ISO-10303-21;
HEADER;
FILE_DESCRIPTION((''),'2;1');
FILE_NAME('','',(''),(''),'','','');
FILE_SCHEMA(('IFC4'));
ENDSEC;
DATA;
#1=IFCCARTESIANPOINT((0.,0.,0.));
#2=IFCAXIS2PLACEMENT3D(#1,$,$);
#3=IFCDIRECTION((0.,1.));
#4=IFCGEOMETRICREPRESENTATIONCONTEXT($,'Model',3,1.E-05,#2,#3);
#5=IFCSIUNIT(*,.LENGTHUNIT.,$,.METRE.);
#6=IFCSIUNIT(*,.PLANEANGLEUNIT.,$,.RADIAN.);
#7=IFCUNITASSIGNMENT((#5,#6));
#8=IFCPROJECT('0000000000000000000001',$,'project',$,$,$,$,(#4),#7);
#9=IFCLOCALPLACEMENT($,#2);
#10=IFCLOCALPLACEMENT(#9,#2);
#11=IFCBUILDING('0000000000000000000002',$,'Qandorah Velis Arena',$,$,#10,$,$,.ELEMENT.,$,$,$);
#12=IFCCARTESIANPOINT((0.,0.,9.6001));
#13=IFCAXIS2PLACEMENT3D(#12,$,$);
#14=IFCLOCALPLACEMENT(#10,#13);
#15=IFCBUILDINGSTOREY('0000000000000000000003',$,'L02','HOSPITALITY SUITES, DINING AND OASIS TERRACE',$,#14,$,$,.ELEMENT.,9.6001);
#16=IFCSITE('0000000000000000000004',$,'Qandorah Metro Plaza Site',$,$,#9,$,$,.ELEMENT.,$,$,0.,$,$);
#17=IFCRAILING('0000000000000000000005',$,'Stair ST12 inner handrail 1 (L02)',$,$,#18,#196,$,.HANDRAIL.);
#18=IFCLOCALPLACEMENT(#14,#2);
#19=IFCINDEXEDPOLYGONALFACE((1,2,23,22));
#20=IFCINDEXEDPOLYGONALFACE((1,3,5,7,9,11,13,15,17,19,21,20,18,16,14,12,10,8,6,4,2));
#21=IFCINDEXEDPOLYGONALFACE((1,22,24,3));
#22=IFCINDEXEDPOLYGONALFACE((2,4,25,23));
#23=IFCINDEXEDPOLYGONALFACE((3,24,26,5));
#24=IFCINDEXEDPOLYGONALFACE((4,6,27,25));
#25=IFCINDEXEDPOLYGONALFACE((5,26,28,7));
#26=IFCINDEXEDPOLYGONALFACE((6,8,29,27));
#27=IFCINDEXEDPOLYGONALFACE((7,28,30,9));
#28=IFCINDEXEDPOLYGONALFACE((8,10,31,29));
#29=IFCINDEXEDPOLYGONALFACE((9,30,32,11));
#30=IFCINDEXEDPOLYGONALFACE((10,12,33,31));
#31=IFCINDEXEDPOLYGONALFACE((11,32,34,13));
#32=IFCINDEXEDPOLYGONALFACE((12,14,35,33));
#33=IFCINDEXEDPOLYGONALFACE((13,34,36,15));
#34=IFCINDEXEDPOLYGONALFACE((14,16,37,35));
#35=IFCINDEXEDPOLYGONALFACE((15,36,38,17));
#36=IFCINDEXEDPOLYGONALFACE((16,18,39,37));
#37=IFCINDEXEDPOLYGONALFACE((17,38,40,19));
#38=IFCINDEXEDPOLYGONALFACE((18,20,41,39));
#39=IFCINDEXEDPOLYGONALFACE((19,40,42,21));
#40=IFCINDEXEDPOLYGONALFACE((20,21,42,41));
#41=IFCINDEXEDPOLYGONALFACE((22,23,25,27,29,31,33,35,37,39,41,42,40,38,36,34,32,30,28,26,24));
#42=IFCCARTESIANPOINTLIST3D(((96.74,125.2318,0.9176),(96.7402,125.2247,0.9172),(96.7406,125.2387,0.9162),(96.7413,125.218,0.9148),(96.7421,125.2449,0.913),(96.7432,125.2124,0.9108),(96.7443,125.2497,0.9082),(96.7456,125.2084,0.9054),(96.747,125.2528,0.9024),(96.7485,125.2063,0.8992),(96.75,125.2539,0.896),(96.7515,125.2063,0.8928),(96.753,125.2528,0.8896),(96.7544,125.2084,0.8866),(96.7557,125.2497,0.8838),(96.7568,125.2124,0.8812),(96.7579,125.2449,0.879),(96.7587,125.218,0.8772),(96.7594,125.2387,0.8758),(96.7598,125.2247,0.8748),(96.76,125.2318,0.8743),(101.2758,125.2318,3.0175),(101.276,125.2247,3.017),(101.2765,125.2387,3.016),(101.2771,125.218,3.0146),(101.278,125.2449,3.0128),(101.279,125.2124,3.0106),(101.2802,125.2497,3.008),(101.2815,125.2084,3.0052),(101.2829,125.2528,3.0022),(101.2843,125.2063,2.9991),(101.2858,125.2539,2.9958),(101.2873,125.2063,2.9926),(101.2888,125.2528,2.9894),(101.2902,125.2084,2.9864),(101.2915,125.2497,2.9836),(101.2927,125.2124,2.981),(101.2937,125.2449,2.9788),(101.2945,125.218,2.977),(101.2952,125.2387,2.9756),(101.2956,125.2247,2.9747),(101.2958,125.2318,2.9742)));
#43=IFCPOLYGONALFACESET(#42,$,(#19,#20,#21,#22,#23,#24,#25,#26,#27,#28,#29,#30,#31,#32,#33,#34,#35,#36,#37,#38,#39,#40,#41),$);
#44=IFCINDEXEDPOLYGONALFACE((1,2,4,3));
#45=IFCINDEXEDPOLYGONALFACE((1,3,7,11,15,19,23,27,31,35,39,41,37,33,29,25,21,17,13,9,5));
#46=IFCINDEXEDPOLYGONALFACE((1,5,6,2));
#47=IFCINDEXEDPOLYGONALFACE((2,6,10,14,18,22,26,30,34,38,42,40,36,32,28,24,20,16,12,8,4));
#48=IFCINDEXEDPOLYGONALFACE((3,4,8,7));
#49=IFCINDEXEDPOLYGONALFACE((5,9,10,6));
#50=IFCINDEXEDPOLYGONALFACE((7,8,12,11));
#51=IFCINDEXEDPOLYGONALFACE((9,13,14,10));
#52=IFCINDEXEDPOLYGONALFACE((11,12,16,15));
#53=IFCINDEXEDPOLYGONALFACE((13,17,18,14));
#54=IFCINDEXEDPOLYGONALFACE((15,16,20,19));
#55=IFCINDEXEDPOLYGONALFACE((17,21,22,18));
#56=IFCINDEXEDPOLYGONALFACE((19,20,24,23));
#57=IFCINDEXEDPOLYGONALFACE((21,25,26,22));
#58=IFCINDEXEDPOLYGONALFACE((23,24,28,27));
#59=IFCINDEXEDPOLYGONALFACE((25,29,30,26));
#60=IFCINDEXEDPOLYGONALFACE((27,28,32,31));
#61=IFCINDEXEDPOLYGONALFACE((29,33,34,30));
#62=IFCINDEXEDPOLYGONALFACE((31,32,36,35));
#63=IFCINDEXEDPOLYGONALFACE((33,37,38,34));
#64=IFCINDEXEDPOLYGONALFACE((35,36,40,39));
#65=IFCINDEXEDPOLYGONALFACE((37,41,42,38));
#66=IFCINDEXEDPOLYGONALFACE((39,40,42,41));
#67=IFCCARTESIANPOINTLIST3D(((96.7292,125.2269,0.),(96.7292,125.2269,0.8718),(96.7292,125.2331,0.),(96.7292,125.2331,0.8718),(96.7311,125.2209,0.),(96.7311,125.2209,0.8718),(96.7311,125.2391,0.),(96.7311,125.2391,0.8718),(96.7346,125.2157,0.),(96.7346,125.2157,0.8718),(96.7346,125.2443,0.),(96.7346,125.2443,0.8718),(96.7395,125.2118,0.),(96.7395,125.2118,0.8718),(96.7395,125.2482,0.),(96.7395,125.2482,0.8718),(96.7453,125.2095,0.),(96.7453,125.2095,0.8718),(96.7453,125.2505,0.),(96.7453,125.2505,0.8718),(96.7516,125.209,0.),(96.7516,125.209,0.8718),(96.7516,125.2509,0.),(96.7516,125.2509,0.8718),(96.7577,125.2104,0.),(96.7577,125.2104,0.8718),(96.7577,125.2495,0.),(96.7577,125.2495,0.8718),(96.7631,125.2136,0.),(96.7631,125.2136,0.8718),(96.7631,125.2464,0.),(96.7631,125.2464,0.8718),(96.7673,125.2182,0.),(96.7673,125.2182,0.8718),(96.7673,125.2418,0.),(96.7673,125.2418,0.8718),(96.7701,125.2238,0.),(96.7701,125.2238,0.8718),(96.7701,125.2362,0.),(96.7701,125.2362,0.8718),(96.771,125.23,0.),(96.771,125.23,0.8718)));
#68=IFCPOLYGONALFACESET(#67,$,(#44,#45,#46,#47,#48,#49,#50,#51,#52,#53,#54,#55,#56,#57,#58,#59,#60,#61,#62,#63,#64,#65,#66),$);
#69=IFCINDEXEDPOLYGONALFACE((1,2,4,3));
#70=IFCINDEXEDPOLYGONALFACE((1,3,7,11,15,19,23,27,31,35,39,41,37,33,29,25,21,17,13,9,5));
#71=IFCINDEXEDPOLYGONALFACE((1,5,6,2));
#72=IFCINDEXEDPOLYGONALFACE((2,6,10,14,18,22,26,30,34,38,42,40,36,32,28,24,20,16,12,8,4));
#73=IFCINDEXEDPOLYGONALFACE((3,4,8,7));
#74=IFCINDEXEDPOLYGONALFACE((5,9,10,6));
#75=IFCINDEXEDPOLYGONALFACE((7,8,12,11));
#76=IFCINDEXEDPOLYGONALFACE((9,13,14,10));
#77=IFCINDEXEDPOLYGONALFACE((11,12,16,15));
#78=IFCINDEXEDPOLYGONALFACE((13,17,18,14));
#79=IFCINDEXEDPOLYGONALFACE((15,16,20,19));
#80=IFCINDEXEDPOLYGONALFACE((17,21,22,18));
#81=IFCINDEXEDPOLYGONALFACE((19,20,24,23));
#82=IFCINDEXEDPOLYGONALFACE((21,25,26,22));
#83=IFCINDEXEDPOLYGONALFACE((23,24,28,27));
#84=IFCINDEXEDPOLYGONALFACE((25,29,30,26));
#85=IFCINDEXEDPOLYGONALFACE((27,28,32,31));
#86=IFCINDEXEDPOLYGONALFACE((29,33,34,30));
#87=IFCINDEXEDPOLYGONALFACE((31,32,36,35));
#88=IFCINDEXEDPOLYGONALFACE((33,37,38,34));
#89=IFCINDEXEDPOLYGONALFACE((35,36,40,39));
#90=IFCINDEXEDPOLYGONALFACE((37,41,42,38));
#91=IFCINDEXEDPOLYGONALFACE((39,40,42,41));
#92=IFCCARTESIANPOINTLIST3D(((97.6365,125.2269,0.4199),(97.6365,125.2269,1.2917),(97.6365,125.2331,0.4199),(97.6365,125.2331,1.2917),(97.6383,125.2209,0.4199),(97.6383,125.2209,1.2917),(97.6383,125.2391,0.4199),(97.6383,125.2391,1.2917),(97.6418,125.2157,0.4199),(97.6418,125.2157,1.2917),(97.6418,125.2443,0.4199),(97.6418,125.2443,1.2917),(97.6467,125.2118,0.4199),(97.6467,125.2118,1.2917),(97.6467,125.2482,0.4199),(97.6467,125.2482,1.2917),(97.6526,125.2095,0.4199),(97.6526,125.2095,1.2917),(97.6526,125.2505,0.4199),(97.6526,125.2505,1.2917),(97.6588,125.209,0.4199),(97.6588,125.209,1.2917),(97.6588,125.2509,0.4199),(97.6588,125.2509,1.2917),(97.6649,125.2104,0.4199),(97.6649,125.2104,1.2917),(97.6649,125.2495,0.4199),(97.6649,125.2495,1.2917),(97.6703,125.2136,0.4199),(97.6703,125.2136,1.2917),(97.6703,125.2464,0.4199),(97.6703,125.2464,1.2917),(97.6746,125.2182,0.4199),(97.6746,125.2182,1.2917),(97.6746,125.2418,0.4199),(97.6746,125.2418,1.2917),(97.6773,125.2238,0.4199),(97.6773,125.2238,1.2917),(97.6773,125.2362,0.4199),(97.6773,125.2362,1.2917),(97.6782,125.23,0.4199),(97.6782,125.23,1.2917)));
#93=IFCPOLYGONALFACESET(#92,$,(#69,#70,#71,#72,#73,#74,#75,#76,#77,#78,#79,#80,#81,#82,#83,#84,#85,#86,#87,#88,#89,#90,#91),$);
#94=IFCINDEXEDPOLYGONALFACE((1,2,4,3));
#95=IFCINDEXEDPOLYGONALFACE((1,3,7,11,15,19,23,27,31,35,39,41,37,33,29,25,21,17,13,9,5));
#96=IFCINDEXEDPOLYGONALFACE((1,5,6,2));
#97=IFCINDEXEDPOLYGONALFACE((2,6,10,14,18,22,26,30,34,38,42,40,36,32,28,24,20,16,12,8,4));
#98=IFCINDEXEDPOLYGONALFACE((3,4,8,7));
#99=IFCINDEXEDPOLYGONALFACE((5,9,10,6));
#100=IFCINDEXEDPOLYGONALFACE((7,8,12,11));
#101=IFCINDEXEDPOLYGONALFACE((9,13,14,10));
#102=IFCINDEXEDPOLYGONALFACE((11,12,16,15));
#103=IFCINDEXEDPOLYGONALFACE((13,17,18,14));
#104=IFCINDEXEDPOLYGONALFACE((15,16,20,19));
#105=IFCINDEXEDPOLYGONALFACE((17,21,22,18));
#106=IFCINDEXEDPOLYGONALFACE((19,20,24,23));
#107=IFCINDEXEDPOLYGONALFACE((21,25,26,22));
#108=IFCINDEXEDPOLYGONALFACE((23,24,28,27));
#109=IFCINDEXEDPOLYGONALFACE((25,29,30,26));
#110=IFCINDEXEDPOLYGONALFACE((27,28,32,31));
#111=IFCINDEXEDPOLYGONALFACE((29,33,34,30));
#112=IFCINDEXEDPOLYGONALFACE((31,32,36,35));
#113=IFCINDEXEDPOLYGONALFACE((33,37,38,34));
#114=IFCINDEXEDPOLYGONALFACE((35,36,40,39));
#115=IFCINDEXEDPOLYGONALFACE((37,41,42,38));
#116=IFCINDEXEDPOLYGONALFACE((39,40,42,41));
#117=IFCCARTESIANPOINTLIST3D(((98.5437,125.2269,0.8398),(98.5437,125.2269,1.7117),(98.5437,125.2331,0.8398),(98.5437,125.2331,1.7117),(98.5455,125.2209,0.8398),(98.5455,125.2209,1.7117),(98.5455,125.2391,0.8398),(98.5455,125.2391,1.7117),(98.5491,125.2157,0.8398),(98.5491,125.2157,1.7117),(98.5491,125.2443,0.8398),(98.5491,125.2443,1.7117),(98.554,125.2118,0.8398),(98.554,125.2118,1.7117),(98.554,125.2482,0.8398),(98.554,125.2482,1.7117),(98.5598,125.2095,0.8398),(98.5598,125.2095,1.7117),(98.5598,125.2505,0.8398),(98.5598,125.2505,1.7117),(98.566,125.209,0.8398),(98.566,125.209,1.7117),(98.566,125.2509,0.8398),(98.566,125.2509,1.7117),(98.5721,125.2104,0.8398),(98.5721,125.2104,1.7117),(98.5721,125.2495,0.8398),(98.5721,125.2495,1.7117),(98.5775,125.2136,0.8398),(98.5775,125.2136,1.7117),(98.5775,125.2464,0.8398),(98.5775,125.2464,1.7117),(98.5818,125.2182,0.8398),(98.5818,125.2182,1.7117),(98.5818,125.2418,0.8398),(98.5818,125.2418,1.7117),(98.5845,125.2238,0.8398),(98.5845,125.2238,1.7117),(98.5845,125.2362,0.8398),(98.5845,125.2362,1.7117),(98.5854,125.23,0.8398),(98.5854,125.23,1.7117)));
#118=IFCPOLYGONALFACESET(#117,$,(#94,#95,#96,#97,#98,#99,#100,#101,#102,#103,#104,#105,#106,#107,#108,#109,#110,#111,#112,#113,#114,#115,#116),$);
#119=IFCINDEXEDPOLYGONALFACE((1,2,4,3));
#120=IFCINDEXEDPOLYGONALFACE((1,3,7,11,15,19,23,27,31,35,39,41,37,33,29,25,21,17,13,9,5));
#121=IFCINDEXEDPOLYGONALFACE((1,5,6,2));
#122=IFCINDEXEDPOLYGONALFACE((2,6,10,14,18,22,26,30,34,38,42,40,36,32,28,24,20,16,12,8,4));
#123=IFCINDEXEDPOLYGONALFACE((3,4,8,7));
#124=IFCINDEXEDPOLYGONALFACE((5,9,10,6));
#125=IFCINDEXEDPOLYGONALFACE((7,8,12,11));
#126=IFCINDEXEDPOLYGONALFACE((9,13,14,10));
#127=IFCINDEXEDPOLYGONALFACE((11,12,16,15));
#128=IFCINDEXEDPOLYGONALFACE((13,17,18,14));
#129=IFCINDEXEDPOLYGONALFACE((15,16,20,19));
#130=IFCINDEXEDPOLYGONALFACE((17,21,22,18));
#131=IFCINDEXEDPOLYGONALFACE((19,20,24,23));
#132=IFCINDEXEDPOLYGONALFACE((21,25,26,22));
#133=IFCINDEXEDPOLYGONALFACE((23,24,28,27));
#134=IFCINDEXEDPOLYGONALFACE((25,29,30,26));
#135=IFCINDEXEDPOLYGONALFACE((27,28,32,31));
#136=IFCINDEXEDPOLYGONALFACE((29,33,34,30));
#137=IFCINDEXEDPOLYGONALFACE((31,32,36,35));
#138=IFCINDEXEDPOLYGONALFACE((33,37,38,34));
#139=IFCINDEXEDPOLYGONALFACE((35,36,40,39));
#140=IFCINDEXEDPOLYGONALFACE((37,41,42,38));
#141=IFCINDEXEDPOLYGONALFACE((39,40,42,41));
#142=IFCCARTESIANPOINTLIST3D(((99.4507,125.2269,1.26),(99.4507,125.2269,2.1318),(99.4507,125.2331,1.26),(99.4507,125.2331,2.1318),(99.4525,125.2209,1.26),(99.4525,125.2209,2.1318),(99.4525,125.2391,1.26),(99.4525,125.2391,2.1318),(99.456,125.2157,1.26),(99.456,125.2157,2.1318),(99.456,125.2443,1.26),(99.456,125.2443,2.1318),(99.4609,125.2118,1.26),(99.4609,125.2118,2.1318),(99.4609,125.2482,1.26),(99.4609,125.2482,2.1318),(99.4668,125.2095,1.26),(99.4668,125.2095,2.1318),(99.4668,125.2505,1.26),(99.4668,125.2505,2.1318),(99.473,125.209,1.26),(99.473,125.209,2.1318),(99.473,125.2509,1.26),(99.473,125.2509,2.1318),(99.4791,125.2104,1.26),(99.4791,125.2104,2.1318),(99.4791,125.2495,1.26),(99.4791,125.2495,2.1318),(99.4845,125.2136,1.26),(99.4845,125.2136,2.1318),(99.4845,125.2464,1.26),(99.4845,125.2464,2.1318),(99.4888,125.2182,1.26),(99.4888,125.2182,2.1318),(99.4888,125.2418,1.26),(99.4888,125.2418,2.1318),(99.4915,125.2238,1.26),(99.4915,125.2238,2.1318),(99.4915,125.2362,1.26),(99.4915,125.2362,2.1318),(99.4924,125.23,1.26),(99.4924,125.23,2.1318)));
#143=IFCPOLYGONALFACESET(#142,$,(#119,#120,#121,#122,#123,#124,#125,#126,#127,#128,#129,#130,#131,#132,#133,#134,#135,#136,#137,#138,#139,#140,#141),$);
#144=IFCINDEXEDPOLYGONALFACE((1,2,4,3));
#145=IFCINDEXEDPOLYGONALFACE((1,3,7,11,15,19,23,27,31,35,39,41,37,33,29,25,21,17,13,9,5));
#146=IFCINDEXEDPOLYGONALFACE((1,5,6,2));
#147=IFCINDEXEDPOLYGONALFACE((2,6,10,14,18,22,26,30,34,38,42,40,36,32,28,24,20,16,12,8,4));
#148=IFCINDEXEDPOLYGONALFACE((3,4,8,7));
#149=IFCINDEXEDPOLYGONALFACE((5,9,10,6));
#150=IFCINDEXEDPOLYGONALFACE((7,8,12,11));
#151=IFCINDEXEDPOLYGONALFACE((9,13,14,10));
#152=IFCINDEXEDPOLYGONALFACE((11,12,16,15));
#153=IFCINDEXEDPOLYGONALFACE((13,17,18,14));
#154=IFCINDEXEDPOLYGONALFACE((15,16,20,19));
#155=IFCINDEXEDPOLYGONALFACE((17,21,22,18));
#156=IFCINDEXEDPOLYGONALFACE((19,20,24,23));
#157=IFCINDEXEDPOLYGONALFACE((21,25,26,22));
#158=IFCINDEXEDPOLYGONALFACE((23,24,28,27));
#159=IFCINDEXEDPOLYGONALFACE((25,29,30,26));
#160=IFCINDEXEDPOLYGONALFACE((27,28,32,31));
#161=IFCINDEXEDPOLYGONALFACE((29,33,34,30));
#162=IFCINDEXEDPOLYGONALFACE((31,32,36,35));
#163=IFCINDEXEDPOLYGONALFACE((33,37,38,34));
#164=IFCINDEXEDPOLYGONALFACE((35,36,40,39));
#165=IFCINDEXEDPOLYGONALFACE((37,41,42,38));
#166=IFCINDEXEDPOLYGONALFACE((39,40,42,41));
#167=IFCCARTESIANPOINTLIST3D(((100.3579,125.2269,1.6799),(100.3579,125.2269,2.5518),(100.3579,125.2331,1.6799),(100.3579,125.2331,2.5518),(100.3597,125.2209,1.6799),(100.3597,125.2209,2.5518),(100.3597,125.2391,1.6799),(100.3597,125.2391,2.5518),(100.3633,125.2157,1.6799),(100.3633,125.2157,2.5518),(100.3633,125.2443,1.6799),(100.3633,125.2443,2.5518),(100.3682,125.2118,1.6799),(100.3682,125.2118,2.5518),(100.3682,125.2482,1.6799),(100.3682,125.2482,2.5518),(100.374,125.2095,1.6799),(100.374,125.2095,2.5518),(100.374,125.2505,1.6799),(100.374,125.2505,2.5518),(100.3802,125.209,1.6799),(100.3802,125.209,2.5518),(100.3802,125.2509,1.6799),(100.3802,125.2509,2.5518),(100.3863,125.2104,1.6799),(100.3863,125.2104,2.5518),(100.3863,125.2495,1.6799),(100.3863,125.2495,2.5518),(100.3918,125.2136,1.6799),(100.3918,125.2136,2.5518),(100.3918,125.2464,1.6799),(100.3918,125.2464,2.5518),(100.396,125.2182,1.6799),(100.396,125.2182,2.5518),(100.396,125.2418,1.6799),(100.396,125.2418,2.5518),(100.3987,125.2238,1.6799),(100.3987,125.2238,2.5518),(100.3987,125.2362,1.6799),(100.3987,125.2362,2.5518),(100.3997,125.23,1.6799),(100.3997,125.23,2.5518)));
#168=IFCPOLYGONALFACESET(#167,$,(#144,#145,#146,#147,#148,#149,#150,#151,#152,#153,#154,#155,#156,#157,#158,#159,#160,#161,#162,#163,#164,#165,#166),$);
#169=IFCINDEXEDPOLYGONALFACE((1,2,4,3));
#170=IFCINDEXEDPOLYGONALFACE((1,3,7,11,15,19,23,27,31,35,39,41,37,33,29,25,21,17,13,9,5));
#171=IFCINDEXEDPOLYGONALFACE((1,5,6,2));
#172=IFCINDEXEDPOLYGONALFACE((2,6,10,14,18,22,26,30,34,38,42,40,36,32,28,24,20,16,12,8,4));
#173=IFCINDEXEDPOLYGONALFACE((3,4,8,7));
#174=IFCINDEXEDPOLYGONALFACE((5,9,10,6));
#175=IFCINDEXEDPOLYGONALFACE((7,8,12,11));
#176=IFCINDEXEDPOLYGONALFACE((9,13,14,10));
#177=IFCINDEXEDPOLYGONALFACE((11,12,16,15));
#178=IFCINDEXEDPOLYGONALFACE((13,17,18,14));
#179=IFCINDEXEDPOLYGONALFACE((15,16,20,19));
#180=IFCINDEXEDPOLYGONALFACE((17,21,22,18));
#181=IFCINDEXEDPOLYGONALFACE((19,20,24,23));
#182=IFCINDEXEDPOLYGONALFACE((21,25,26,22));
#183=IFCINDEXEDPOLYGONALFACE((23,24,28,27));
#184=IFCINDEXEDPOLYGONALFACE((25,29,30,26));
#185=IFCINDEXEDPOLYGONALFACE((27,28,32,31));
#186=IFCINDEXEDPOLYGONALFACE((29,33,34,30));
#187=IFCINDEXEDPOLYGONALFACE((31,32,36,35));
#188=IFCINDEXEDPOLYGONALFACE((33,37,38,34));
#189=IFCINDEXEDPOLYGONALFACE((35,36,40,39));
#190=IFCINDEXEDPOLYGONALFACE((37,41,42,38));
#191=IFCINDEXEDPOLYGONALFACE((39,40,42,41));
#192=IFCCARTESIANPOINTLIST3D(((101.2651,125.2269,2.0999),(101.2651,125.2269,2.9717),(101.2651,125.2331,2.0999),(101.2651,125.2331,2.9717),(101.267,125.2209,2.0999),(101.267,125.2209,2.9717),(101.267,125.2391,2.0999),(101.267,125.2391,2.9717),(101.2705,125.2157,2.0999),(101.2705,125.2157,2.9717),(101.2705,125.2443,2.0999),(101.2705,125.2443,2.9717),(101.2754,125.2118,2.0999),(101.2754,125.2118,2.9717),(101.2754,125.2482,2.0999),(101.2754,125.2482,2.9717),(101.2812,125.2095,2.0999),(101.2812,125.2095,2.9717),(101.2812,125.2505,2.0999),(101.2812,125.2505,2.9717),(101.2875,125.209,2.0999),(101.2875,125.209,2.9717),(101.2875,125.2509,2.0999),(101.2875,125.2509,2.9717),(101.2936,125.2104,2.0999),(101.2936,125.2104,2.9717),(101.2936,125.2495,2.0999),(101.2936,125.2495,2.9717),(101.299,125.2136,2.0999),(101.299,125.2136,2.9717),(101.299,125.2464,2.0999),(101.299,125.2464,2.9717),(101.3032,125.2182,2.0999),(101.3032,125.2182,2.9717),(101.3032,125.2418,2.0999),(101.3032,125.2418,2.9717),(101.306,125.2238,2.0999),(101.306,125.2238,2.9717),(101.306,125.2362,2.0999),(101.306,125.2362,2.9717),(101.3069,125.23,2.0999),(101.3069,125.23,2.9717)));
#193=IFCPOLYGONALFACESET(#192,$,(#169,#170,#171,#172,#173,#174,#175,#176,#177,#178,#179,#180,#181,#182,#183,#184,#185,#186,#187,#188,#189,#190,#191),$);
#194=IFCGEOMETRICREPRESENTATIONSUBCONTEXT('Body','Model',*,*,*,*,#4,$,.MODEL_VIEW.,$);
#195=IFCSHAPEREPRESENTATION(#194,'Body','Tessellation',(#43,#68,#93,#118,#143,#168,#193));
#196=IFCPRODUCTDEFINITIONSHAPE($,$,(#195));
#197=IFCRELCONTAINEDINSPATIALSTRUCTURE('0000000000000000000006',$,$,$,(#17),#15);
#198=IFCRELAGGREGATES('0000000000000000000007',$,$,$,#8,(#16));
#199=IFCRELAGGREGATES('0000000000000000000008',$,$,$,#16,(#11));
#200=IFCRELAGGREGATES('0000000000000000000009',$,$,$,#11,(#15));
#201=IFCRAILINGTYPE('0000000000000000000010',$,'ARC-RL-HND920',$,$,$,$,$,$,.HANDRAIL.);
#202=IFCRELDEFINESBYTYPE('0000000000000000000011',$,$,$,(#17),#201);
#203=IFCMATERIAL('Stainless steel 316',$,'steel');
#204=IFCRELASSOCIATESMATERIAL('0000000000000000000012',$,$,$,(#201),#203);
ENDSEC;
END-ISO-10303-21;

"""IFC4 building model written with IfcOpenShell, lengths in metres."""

from ifc_helpers import new_model, si_unit, direction, frame, origin, origin_2d, place, context, subcontext, project, spatial, circle, extrude, material, type_object, element, save


model = new_model("IFC4")

# Units and contexts
model_context = context("Model", 3, precision=1e-05, world=origin(), true_north=direction((0.0, 1.0)))
body_context = subcontext(model_context, "Body", "Model", "MODEL_VIEW")
ifc_project = project(units=[si_unit("LENGTHUNIT", "METRE"), si_unit("PLANEANGLEUNIT", "RADIAN")], contexts=[model_context])

# Site, building, storey
site_placement = place(None, origin())
site = spatial("IfcSite", under=ifc_project, at=site_placement, Name="Qandorah Metro Plaza Site", CompositionType="ELEMENT", RefElevation=0.0)
building_placement = place(site_placement, origin())
building = spatial("IfcBuilding", under=site, at=building_placement, Name="Qandorah Velis Arena", CompositionType="ELEMENT")
storey_placement = place(building_placement, frame((0.0, 0.0, 9.6001)))
storey = spatial("IfcBuildingStorey", under=building, at=storey_placement, Name="L02", Description="HOSPITALITY SUITES, DINING AND OASIS TERRACE", CompositionType="ELEMENT", Elevation=9.6001)

# Railing
ifc_material_1 = material(Name="Stainless steel 316", Category="steel")
railing_type_1 = type_object("IfcRailingType", Name="ARC-RL-HND920", PredefinedType="HANDRAIL", material=ifc_material_1)
railing_1_placement = place(storey_placement, frame((96.75, 125.23, 0.0)))
element("IfcRailing", 1, at=railing_1_placement, inside=storey, type_object=railing_type_1, Name="Stair ST12 inner handrail 1 (L02)", PredefinedType="HANDRAIL", context=body_context, shape_type="SweptSolid", body=[
    extrude(circle(Radius=0.0239, at=origin_2d()), frame((0.0, 0.0, 0.896), z_axis=(0.907474, 0.0, 0.420108), x_axis=(0.0, 1.0, 0.0)), (0.0, 0.0, 1.0), 4.9983),
    extrude(circle(Radius=0.021, at=origin_2d()), origin(), (0.0, 0.0, 1.0), 0.8718),
    extrude(circle(Radius=0.021, at=origin_2d()), frame((0.9072, 0.0, 0.4199)), (0.0, 0.0, 1.0), 0.8718),
    extrude(circle(Radius=0.021, at=origin_2d()), frame((1.8145, 0.0, 0.8398)), (0.0, 0.0, 1.0), 0.8718),
    extrude(circle(Radius=0.021, at=origin_2d()), frame((2.7214, 0.0, 1.26)), (0.0, 0.0, 1.0), 0.8718),
    extrude(circle(Radius=0.021, at=origin_2d()), frame((3.6287, 0.0, 1.6799)), (0.0, 0.0, 1.0), 0.8718),
    extrude(circle(Radius=0.021, at=origin_2d()), frame((4.5359, 0.0, 2.0999)), (0.0, 0.0, 1.0), 0.8718),
])

save(model, "model.ifc")
